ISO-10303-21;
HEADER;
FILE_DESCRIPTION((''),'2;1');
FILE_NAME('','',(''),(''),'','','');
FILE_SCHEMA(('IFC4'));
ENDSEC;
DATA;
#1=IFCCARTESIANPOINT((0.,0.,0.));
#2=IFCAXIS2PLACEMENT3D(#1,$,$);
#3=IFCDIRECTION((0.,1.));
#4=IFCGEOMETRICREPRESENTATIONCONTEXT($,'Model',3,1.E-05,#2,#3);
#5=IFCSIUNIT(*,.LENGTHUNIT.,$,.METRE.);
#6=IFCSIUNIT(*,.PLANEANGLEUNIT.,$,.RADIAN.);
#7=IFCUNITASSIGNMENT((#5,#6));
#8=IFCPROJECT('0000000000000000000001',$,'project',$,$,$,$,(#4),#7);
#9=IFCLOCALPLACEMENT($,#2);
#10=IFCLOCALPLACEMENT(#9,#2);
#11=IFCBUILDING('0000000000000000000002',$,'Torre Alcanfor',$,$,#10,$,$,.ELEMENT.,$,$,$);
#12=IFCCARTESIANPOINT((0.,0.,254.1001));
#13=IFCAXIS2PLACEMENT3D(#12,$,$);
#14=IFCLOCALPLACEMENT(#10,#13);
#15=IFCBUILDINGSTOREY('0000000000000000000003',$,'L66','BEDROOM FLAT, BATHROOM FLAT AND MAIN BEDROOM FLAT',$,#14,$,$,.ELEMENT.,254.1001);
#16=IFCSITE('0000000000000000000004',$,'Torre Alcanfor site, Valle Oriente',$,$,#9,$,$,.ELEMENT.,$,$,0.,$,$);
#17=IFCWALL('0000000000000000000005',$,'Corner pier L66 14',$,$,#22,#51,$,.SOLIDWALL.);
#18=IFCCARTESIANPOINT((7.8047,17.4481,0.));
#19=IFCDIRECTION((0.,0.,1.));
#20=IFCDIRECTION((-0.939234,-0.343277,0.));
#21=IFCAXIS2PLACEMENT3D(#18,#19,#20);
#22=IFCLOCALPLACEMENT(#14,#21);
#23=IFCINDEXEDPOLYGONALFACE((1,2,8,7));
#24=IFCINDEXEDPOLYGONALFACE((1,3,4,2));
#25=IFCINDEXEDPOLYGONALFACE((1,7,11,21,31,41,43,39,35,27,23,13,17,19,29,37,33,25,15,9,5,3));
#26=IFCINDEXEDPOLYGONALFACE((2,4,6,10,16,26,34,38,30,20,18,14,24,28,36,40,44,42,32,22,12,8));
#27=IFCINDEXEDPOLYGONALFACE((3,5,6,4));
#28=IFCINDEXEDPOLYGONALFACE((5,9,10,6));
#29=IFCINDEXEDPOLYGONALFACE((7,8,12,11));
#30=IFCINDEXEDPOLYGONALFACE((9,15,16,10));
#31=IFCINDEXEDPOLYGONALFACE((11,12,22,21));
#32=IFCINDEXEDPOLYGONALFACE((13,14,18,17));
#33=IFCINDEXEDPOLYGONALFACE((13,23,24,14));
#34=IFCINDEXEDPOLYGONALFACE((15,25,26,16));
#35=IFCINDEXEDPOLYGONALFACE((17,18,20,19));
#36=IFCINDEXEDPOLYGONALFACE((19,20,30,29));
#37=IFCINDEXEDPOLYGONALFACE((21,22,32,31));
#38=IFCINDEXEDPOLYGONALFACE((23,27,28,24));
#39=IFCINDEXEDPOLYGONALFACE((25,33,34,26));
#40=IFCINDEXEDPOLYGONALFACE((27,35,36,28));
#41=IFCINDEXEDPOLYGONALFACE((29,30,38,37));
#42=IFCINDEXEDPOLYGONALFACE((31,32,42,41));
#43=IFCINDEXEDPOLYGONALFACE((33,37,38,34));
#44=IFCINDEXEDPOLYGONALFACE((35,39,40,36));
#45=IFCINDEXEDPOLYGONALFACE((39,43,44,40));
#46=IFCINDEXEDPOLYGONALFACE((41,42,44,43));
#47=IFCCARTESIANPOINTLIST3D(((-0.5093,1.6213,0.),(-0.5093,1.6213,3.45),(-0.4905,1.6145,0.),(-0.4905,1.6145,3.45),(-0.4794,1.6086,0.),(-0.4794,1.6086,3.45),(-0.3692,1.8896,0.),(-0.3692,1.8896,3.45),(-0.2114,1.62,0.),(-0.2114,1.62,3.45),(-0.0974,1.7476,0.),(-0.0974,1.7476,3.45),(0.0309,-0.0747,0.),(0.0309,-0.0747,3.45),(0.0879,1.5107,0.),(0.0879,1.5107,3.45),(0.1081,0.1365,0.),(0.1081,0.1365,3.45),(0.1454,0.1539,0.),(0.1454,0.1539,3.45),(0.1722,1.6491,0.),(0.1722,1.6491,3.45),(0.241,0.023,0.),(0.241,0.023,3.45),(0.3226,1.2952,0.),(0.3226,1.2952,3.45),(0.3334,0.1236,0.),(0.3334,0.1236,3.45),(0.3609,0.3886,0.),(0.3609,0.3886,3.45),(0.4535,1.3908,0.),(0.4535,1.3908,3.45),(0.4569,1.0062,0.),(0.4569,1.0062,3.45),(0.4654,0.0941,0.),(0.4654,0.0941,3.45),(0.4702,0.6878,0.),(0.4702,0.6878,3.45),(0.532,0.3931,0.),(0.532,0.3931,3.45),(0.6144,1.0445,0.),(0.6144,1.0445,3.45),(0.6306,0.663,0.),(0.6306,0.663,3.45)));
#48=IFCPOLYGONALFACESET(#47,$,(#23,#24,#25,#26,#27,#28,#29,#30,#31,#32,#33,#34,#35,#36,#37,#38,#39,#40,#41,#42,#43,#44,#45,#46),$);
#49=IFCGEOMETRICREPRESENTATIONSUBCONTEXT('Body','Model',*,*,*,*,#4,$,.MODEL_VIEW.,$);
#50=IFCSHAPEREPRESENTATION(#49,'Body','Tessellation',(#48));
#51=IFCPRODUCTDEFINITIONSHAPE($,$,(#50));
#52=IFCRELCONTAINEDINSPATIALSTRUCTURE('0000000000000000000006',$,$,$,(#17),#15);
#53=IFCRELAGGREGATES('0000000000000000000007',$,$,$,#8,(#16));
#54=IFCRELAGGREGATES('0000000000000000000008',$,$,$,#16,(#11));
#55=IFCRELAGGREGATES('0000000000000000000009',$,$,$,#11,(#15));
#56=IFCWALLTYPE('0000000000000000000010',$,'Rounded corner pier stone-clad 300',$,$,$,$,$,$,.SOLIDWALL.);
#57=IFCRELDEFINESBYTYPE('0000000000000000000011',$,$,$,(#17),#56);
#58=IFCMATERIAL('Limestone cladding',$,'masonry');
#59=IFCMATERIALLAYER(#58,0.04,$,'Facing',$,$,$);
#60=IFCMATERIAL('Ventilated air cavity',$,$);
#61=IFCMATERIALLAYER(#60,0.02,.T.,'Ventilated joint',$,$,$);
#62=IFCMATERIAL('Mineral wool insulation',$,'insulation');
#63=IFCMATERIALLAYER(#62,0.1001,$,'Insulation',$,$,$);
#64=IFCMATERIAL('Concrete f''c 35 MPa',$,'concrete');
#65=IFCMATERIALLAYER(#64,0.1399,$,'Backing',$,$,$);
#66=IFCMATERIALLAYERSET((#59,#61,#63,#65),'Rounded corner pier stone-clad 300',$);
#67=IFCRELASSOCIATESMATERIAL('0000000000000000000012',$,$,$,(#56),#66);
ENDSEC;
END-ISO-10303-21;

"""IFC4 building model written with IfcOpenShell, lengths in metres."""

from ifc_helpers import new_model, si_unit, direction, frame, origin, place, context, subcontext, project, spatial, polyline, outline, extrude, material, layer, layer_set, type_object, element, save


model = new_model("IFC4")

# Units and contexts
model_context = context("Model", 3, precision=1e-05, world=origin(), true_north=direction((0.0, 1.0)))
body_context = subcontext(model_context, "Body", "Model", "MODEL_VIEW")
ifc_project = project(units=[si_unit("LENGTHUNIT", "METRE"), si_unit("PLANEANGLEUNIT", "RADIAN")], contexts=[model_context])

# Site, building, storey
site_placement = place(None, origin())
site = spatial("IfcSite", under=ifc_project, at=site_placement, Name="Torre Alcanfor site, Valle Oriente", CompositionType="ELEMENT", RefElevation=0.0)
building_placement = place(site_placement, origin())
building = spatial("IfcBuilding", under=site, at=building_placement, Name="Torre Alcanfor", CompositionType="ELEMENT")
storey_placement = place(building_placement, frame((0.0, 0.0, 254.1001)))
storey = spatial("IfcBuildingStorey", under=building, at=storey_placement, Name="L66", Description="BEDROOM FLAT, BATHROOM FLAT AND MAIN BEDROOM FLAT", CompositionType="ELEMENT", Elevation=254.1001)

# Wall
ifc_material_1 = material(Name="Limestone cladding", Category="masonry")
ifc_layer_1 = layer(ifc_material_1, 0.04, Name="Facing")
ifc_material_2 = material(Name="Ventilated air cavity")
ifc_layer_2 = layer(ifc_material_2, 0.02, ventilated=True, Name="Ventilated joint")
ifc_material_3 = material(Name="Mineral wool insulation", Category="insulation")
ifc_layer_3 = layer(ifc_material_3, 0.1001, Name="Insulation")
ifc_material_4 = material(Name="Concrete f'c 35 MPa", Category="concrete")
ifc_layer_4 = layer(ifc_material_4, 0.1399, Name="Backing")
ifc_layer_set_1 = layer_set([ifc_layer_1, ifc_layer_2, ifc_layer_3, ifc_layer_4], Name="Rounded corner pier stone-clad 300")
wall_type_1 = type_object("IfcWallType", Name="Rounded corner pier stone-clad 300", PredefinedType="SOLIDWALL", material=ifc_layer_set_1)
wall_1_placement = place(storey_placement, frame((7.8047, 17.4481, 0.0), z_axis=(0.0, 0.0, 1.0), x_axis=(-0.939234, -0.343277, 0.0)))
element("IfcWall", 1, at=wall_1_placement, inside=storey, type_object=wall_type_1, Name="Corner pier L66 14", PredefinedType="SOLIDWALL", context=body_context, shape_type="SweptSolid", body=[
    extrude(outline(polyline([(-0.3692, 1.8896), (-0.5093, 1.6213), (-0.4905, 1.6145), (-0.4794, 1.6086), (-0.2114, 1.62), (0.0879, 1.5107), (0.3226, 1.2952), (0.4569, 1.0062), (0.4702, 0.6878), (0.3609, 0.3886), (0.1454, 0.1539), (0.1081, 0.1365), (0.0309, -0.0747), (0.241, 0.023), (0.3334, 0.1236), (0.4654, 0.0941), (0.532, 0.3931), (0.6306, 0.663), (0.6144, 1.0445), (0.4535, 1.3908), (0.1722, 1.6491), (-0.0974, 1.7476), (-0.3692, 1.8896)])), origin(), (0.0, 0.0, 1.0), 3.45),
])

save(model, "model.ifc")
